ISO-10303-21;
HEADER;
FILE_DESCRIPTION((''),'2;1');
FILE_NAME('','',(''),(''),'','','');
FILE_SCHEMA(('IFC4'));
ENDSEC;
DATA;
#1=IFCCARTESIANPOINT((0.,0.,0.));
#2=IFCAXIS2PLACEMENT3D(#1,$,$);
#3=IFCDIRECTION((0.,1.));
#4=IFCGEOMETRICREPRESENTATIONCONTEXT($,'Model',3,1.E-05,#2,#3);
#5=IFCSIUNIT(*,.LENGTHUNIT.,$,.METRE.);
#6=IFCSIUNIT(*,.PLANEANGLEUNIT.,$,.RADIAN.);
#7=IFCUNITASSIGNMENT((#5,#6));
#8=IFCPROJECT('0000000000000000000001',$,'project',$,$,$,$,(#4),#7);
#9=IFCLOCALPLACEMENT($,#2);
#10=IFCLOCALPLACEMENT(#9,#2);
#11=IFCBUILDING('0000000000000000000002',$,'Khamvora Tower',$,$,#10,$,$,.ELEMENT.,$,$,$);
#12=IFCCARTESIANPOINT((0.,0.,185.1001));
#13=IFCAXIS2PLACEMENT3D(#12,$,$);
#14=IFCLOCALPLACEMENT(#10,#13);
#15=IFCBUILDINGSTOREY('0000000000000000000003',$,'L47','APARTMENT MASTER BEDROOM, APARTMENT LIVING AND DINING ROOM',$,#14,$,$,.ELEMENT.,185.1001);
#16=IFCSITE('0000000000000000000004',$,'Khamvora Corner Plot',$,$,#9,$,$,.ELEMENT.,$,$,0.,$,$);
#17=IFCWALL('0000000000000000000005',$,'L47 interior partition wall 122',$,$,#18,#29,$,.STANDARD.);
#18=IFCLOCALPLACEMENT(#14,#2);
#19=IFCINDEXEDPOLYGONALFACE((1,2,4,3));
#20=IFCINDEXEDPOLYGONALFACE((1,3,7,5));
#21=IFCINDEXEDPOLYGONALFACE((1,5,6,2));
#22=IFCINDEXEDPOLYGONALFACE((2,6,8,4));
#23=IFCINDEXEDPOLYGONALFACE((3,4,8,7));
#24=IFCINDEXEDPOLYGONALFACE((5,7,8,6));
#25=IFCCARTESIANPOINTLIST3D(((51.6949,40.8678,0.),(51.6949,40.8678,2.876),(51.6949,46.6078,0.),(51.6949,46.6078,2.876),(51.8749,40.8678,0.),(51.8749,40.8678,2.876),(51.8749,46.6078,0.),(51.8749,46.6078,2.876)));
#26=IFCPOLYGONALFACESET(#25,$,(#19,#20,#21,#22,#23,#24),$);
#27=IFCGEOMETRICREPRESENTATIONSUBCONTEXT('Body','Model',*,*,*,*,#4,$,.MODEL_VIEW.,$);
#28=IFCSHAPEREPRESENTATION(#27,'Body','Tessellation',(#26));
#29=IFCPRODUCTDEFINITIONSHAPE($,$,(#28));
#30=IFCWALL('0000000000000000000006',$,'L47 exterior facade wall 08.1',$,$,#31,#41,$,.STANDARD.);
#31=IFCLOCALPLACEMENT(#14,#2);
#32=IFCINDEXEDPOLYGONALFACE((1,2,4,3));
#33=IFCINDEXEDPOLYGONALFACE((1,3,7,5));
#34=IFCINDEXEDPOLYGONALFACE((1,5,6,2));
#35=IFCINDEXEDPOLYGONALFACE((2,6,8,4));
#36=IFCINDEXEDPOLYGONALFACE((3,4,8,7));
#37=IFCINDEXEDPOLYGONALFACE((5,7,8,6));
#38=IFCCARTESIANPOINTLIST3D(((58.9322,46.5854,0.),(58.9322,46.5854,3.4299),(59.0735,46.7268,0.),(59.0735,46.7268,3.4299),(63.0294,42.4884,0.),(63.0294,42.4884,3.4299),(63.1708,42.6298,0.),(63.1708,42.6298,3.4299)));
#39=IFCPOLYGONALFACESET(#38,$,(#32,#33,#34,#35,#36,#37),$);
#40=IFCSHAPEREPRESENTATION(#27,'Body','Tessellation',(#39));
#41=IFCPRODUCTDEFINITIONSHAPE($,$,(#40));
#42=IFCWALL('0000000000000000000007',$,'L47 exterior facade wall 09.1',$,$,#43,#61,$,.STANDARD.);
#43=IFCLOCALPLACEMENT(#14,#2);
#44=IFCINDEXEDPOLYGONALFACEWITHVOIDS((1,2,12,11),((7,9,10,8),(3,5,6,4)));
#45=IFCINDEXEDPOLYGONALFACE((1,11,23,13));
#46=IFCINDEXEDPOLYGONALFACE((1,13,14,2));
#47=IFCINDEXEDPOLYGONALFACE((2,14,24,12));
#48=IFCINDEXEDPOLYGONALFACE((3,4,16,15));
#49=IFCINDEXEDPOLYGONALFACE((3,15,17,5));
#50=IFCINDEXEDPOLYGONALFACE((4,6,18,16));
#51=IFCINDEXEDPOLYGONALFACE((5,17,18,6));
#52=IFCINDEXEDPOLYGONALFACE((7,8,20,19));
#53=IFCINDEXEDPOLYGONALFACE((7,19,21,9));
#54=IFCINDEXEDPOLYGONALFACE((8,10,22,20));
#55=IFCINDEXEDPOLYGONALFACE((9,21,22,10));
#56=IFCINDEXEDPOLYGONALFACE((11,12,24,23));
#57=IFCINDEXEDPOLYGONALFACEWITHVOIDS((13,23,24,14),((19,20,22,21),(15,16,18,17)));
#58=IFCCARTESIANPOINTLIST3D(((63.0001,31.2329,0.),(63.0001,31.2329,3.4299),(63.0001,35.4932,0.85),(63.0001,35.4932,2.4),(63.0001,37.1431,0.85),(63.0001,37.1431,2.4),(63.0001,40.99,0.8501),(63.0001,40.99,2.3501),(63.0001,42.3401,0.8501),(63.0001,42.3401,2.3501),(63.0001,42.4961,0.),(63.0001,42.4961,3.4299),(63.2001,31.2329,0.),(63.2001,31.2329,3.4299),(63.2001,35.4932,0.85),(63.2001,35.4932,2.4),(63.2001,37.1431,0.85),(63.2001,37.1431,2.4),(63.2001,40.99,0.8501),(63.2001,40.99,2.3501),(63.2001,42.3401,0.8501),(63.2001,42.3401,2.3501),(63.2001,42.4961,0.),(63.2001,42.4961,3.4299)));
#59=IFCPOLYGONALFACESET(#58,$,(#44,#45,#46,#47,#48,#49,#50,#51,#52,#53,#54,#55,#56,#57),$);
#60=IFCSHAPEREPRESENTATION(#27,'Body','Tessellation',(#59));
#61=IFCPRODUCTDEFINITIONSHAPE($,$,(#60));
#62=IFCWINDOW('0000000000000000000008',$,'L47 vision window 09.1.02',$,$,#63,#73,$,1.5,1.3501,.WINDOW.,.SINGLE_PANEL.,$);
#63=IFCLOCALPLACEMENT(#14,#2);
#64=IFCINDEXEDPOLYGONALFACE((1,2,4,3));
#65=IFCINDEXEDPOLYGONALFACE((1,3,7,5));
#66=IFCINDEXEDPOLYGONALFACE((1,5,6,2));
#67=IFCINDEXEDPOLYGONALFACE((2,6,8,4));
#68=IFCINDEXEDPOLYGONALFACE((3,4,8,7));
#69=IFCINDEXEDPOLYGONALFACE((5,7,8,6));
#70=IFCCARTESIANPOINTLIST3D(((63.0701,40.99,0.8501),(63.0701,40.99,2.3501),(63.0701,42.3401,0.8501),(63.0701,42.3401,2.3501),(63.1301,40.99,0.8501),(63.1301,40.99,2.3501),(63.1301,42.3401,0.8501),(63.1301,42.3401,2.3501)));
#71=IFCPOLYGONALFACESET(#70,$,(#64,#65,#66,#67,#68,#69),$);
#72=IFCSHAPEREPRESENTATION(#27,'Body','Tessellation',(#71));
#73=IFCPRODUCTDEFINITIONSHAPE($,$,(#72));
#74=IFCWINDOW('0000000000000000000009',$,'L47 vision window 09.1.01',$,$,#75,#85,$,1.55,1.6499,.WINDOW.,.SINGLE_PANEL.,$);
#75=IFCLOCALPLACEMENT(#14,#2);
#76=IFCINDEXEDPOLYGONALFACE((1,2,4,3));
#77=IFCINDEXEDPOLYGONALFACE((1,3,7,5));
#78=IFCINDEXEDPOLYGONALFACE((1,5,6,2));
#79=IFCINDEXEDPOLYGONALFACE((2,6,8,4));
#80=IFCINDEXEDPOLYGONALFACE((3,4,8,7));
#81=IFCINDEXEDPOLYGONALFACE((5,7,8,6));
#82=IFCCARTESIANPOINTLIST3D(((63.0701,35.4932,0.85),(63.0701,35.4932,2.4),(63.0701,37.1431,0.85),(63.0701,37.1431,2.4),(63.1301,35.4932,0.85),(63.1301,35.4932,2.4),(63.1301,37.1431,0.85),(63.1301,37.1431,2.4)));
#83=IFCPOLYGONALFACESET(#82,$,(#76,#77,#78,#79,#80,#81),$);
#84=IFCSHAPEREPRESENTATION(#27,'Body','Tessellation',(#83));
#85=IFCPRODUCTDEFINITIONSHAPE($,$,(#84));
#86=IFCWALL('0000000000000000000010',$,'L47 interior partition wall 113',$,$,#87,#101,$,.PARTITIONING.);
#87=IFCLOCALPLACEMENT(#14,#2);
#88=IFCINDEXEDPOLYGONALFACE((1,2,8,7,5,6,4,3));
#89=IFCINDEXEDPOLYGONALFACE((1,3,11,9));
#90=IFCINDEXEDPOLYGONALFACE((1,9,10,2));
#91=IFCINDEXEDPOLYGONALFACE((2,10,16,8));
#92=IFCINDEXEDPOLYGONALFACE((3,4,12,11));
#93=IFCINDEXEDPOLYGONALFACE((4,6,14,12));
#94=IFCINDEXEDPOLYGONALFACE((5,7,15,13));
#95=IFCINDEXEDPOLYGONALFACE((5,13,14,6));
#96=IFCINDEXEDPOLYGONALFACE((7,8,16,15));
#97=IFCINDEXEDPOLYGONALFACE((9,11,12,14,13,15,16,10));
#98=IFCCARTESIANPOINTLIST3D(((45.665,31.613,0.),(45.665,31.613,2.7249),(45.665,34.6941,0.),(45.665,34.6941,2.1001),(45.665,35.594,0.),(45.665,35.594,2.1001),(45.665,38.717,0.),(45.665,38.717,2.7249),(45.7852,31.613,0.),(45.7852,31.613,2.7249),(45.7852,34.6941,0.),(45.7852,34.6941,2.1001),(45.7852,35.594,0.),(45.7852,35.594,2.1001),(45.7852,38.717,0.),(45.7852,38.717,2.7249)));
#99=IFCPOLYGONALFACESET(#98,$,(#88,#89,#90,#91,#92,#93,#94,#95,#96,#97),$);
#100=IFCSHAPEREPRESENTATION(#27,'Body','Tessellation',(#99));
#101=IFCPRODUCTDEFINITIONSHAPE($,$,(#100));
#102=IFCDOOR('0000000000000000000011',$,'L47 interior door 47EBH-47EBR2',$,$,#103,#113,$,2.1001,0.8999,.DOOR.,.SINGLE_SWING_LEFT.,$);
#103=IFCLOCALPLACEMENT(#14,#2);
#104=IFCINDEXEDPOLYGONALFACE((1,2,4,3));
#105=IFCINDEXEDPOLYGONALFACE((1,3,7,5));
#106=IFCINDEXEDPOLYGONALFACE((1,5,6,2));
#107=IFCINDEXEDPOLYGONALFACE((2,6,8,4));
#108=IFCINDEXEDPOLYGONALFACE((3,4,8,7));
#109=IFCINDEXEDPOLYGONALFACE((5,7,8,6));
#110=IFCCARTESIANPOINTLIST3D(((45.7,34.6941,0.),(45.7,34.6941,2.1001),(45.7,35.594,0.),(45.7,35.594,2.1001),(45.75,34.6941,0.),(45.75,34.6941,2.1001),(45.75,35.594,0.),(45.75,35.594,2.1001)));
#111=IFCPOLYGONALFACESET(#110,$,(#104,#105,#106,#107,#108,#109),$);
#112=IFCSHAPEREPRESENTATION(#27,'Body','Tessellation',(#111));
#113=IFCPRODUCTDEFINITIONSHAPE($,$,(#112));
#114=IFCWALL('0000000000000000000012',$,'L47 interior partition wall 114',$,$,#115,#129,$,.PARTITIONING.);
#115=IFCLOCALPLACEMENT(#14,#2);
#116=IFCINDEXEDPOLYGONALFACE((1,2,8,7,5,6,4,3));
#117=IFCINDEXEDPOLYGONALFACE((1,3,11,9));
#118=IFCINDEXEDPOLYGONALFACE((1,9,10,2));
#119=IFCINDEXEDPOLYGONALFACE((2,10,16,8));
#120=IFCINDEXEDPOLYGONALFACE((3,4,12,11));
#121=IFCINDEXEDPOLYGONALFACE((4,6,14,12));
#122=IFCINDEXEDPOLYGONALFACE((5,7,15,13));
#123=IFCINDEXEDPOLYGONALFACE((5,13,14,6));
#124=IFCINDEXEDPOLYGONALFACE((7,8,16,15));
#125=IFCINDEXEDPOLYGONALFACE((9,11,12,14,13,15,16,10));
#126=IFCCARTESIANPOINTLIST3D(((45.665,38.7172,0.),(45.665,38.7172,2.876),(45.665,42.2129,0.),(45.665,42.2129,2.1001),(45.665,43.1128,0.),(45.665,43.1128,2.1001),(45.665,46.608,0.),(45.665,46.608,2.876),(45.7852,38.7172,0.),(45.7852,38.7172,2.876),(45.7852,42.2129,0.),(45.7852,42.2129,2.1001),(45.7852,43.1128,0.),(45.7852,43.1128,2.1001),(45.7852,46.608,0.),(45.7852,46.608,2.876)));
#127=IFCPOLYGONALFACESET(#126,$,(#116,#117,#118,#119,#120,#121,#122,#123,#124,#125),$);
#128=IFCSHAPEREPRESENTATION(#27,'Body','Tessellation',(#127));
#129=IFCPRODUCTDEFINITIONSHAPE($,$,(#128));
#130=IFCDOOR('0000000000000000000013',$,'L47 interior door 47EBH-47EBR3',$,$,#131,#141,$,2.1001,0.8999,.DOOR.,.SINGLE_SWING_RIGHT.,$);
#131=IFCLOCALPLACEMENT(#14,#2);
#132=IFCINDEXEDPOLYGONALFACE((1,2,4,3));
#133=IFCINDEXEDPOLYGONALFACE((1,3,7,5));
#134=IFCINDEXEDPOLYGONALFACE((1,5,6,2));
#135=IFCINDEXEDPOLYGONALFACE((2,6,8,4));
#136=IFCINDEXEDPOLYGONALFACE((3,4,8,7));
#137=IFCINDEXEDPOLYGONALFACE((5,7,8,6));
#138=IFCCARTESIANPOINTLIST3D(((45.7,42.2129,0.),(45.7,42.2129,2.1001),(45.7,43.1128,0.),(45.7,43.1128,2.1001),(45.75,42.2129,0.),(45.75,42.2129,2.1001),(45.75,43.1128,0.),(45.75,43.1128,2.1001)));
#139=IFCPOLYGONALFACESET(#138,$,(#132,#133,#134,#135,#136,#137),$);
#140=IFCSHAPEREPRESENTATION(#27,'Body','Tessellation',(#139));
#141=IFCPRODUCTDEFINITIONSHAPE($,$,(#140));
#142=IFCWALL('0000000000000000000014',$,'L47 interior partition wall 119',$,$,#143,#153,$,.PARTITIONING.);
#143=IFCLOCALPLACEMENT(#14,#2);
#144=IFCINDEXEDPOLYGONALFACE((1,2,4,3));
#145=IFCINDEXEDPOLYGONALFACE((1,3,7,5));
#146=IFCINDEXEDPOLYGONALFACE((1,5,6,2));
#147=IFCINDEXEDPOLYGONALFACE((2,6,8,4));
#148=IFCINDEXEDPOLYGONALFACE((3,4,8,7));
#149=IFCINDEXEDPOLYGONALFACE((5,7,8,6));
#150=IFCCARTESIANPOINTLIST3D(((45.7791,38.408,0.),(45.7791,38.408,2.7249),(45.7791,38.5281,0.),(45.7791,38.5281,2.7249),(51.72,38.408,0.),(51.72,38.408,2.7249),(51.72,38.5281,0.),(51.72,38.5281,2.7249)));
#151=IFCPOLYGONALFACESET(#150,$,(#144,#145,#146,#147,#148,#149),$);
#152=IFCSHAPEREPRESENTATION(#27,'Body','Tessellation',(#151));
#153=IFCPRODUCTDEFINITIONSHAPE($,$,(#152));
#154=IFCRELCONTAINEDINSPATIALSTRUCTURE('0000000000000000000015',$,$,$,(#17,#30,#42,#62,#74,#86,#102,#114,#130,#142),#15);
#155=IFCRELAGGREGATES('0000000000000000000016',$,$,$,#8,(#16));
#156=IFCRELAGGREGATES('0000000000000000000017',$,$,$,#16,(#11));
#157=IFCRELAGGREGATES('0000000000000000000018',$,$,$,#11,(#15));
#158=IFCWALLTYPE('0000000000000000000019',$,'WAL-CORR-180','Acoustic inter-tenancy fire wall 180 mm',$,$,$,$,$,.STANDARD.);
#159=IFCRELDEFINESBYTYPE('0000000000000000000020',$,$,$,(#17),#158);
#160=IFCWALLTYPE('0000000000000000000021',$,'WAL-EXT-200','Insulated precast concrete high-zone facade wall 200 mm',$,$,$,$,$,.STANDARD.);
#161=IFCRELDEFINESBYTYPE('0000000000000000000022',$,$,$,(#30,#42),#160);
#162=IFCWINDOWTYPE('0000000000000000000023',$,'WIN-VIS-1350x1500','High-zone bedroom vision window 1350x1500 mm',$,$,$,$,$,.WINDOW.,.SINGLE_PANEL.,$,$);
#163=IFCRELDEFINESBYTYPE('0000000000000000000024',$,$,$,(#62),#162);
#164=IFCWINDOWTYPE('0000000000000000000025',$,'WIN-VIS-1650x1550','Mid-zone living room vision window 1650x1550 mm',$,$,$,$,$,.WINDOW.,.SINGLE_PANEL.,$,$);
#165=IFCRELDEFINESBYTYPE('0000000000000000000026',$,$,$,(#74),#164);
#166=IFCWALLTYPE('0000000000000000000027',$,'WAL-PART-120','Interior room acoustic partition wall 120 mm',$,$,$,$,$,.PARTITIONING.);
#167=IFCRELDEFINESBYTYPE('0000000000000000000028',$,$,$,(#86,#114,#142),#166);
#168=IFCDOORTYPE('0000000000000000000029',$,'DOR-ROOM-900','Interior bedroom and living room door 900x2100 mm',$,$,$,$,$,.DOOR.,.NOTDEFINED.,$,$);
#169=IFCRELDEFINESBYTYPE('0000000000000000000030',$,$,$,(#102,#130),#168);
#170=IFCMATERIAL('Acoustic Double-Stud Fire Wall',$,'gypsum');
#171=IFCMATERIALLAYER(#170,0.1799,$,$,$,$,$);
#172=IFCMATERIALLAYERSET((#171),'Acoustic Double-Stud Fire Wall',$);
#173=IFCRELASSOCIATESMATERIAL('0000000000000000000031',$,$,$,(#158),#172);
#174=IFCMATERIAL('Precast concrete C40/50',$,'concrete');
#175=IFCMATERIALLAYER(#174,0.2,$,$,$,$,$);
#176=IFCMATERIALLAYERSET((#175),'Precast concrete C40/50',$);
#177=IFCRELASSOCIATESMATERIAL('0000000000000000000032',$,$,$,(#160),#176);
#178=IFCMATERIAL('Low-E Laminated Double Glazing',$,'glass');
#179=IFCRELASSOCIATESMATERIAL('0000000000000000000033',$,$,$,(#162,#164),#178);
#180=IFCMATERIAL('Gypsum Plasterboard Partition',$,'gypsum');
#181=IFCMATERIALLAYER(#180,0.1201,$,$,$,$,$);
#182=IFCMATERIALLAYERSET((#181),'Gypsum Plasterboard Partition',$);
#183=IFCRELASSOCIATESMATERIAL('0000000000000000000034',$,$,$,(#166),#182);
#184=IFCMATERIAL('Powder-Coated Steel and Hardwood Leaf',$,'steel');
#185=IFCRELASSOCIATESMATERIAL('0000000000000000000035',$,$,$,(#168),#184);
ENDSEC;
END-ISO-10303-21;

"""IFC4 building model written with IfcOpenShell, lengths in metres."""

from ifc_helpers import new_model, si_unit, direction, frame, frame_2d, origin, place, context, subcontext, project, spatial, rectangle, extrude, material, layer, layer_set, type_object, element, fill, save


model = new_model("IFC4")

# Units and contexts
model_context = context("Model", 3, precision=1e-05, world=origin(), true_north=direction((0.0, 1.0)))
body_context = subcontext(model_context, "Body", "Model", "MODEL_VIEW")
ifc_project = project(units=[si_unit("LENGTHUNIT", "METRE"), si_unit("PLANEANGLEUNIT", "RADIAN")], contexts=[model_context])

# Site, building, storey
site_placement = place(None, origin())
site = spatial("IfcSite", under=ifc_project, at=site_placement, Name="Khamvora Corner Plot", CompositionType="ELEMENT", RefElevation=0.0)
building_placement = place(site_placement, origin())
building = spatial("IfcBuilding", under=site, at=building_placement, Name="Khamvora Tower", CompositionType="ELEMENT")
storey_placement = place(building_placement, frame((0.0, 0.0, 185.1001)))
storey = spatial("IfcBuildingStorey", under=building, at=storey_placement, Name="L47", Description="APARTMENT MASTER BEDROOM, APARTMENT LIVING AND DINING ROOM", CompositionType="ELEMENT", Elevation=185.1001)

# Walls
ifc_material_1 = material(Name="Acoustic Double-Stud Fire Wall", Category="gypsum")
ifc_layer_1 = layer(ifc_material_1, 0.1799)
ifc_layer_set_1 = layer_set([ifc_layer_1], Name="Acoustic Double-Stud Fire Wall")
wall_type_1 = type_object("IfcWallType", Name="WAL-CORR-180", Description="Acoustic inter-tenancy fire wall 180 mm", PredefinedType="STANDARD", material=ifc_layer_set_1)
wall_1_placement = place(storey_placement, frame((51.7849, 46.6079, 0.0), z_axis=(0.0, 0.0, 1.0), x_axis=(0.0, -1.0, 0.0)))
element("IfcWall", 1, at=wall_1_placement, inside=storey, type_object=wall_type_1, Name="L47 interior partition wall 122", PredefinedType="STANDARD", context=body_context, shape_type="SweptSolid", body=[
    extrude(rectangle(XDim=5.74, YDim=0.1799, at=frame_2d((2.8701, 0.0))), origin(), (0.0, 0.0, 1.0), 2.876),
])
ifc_material_2 = material(Name="Precast concrete C40/50", Category="concrete")
ifc_layer_2 = layer(ifc_material_2, 0.2)
ifc_layer_set_2 = layer_set([ifc_layer_2], Name="Precast concrete C40/50")
wall_type_2 = type_object("IfcWallType", Name="WAL-EXT-200", Description="Insulated precast concrete high-zone facade wall 200 mm", PredefinedType="STANDARD", material=ifc_layer_set_2)
wall_2_placement = place(storey_placement, frame((59.0029, 46.656, 0.0), z_axis=(0.0, 0.0, 1.0), x_axis=(0.707128, -0.707086, 0.0)))
element("IfcWall", 2, at=wall_2_placement, inside=storey, type_object=wall_type_2, Name="L47 exterior facade wall 08.1", PredefinedType="STANDARD", context=body_context, shape_type="SweptSolid", body=[
    extrude(rectangle(XDim=5.7942, YDim=0.2, at=frame_2d((2.897, 0.0))), origin(), (0.0, 0.0, 1.0), 3.4299),
])

# Wall, openings, windows
wall_3_placement = place(storey_placement, frame((63.1001, 42.4961, 0.0), z_axis=(0.0, 0.0, 1.0), x_axis=(0.0, -1.0, 0.0)))
wall_3 = element("IfcWall", 3, at=wall_3_placement, inside=storey, type_object=wall_type_2, Name="L47 exterior facade wall 09.1", PredefinedType="STANDARD", context=body_context, shape_type="SweptSolid", body=[
    extrude(rectangle(XDim=11.2632, YDim=0.2, at=frame_2d((5.6316, 0.0))), origin(), (0.0, 0.0, 1.0), 3.4299),
])
opening_1_placement = place(wall_3_placement, frame((5.353, 0.0, 0.8501)))
opening_1 = element("IfcOpeningElement", 4, at=opening_1_placement, cuts=wall_3, PredefinedType="OPENING", context=body_context, shape_type="SweptSolid", body=[
    extrude(rectangle(XDim=1.6499, YDim=1.55, at=frame_2d((0.825, 0.7749))), frame((0.0, 0.1099, 0.0), z_axis=(0.0, -1.0, 0.0), x_axis=(1.0, 0.0, 0.0)), (0.0, 0.0, 1.0), 0.22),
])
opening_2_placement = place(wall_3_placement, frame((0.156, 0.0, 0.8501)))
opening_2 = element("IfcOpeningElement", 5, at=opening_2_placement, cuts=wall_3, PredefinedType="OPENING", context=body_context, shape_type="SweptSolid", body=[
    extrude(rectangle(XDim=1.3501, YDim=1.5, at=frame_2d((0.675, 0.75))), frame((0.0, 0.1099, 0.0), z_axis=(0.0, -1.0, 0.0), x_axis=(1.0, 0.0, 0.0)), (0.0, 0.0, 1.0), 0.22),
])
ifc_material_3 = material(Name="Low-E Laminated Double Glazing", Category="glass")
window_type_1 = type_object("IfcWindowType", Name="WIN-VIS-1350x1500", Description="High-zone bedroom vision window 1350x1500 mm", PartitioningType="SINGLE_PANEL", PredefinedType="WINDOW", material=ifc_material_3)
window_1_placement = place(opening_2_placement, origin())
window_1 = element("IfcWindow", 6, at=window_1_placement, inside=storey, type_object=window_type_1, Name="L47 vision window 09.1.02", OverallHeight=1.5, OverallWidth=1.3501, PartitioningType="SINGLE_PANEL", PredefinedType="WINDOW", context=body_context, shape_type="SweptSolid", body=[
    extrude(rectangle(XDim=1.3501, YDim=1.5, at=frame_2d((0.675, 0.75))), frame((0.0, 0.03, 0.0), z_axis=(0.0, -1.0, 0.0), x_axis=(1.0, 0.0, 0.0)), (0.0, 0.0, 1.0), 0.0601),
])
fill(opening_2, window_1)
window_type_2 = type_object("IfcWindowType", Name="WIN-VIS-1650x1550", Description="Mid-zone living room vision window 1650x1550 mm", PartitioningType="SINGLE_PANEL", PredefinedType="WINDOW", material=ifc_material_3)
window_2_placement = place(opening_1_placement, origin())
window_2 = element("IfcWindow", 7, at=window_2_placement, inside=storey, type_object=window_type_2, Name="L47 vision window 09.1.01", OverallHeight=1.55, OverallWidth=1.6499, PartitioningType="SINGLE_PANEL", PredefinedType="WINDOW", context=body_context, shape_type="SweptSolid", body=[
    extrude(rectangle(XDim=1.6499, YDim=1.55, at=frame_2d((0.825, 0.7749))), frame((0.0, 0.03, 0.0), z_axis=(0.0, -1.0, 0.0), x_axis=(1.0, 0.0, 0.0)), (0.0, 0.0, 1.0), 0.0601),
])
fill(opening_1, window_2)

# Walls, openings, doors
ifc_material_4 = material(Name="Gypsum Plasterboard Partition", Category="gypsum")
ifc_layer_3 = layer(ifc_material_4, 0.1201)
ifc_layer_set_3 = layer_set([ifc_layer_3], Name="Gypsum Plasterboard Partition")
wall_type_3 = type_object("IfcWallType", Name="WAL-PART-120", Description="Interior room acoustic partition wall 120 mm", PredefinedType="PARTITIONING", material=ifc_layer_set_3)
wall_4_placement = place(storey_placement, frame((45.7251, 38.717, 0.0), z_axis=(0.0, 0.0, 1.0), x_axis=(0.0, -1.0, 0.0)))
wall_4 = element("IfcWall", 8, at=wall_4_placement, inside=storey, type_object=wall_type_3, Name="L47 interior partition wall 113", PredefinedType="PARTITIONING", context=body_context, shape_type="SweptSolid", body=[
    extrude(rectangle(XDim=7.104, YDim=0.1201, at=frame_2d((3.552, 0.0))), origin(), (0.0, 0.0, 1.0), 2.7249),
])
opening_3_placement = place(wall_4_placement, frame((3.123, 0.0, 0.0)))
opening_3 = element("IfcOpeningElement", 9, at=opening_3_placement, cuts=wall_4, PredefinedType="OPENING", context=body_context, shape_type="SweptSolid", body=[
    extrude(rectangle(XDim=0.8999, YDim=2.1001, at=frame_2d((0.45, 1.05))), frame((0.0, 0.0701, 0.0), z_axis=(0.0, -1.0, 0.0), x_axis=(1.0, 0.0, 0.0)), (0.0, 0.0, 1.0), 0.1401),
])
ifc_material_5 = material(Name="Powder-Coated Steel and Hardwood Leaf", Category="steel")
door_type = type_object("IfcDoorType", Name="DOR-ROOM-900", Description="Interior bedroom and living room door 900x2100 mm", OperationType="NOTDEFINED", PredefinedType="DOOR", material=ifc_material_5)
door_1_placement = place(opening_3_placement, origin())
door_1 = element("IfcDoor", 10, at=door_1_placement, inside=storey, type_object=door_type, Name="L47 interior door 47EBH-47EBR2", OperationType="SINGLE_SWING_LEFT", OverallHeight=2.1001, OverallWidth=0.8999, PredefinedType="DOOR", context=body_context, shape_type="SweptSolid", body=[
    extrude(rectangle(XDim=0.8999, YDim=2.1001, at=frame_2d((0.45, 1.05))), frame((0.0, 0.0249, 0.0), z_axis=(0.0, -1.0, 0.0), x_axis=(1.0, 0.0, 0.0)), (0.0, 0.0, 1.0), 0.05),
])
fill(opening_3, door_1)
wall_5_placement = place(storey_placement, frame((45.7251, 46.6079, 0.0), z_axis=(0.0, 0.0, 1.0), x_axis=(0.0, -1.0, 0.0)))
wall_5 = element("IfcWall", 11, at=wall_5_placement, inside=storey, type_object=wall_type_3, Name="L47 interior partition wall 114", PredefinedType="PARTITIONING", context=body_context, shape_type="SweptSolid", body=[
    extrude(rectangle(XDim=7.8909, YDim=0.1201, at=frame_2d((3.9453, 0.0))), origin(), (0.0, 0.0, 1.0), 2.876),
])
opening_4_placement = place(wall_5_placement, frame((3.4951, 0.0, 0.0)))
opening_4 = element("IfcOpeningElement", 12, at=opening_4_placement, cuts=wall_5, PredefinedType="OPENING", context=body_context, shape_type="SweptSolid", body=[
    extrude(rectangle(XDim=0.8999, YDim=2.1001, at=frame_2d((0.45, 1.05))), frame((0.0, 0.0701, 0.0), z_axis=(0.0, -1.0, 0.0), x_axis=(1.0, 0.0, 0.0)), (0.0, 0.0, 1.0), 0.1401),
])
door_2_placement = place(opening_4_placement, origin())
door_2 = element("IfcDoor", 13, at=door_2_placement, inside=storey, type_object=door_type, Name="L47 interior door 47EBH-47EBR3", OperationType="SINGLE_SWING_RIGHT", OverallHeight=2.1001, OverallWidth=0.8999, PredefinedType="DOOR", context=body_context, shape_type="SweptSolid", body=[
    extrude(rectangle(XDim=0.8999, YDim=2.1001, at=frame_2d((0.45, 1.05))), frame((0.0, 0.0249, 0.0), z_axis=(0.0, -1.0, 0.0), x_axis=(1.0, 0.0, 0.0)), (0.0, 0.0, 1.0), 0.05),
])
fill(opening_4, door_2)

# Wall
wall_6_placement = place(storey_placement, frame((45.7791, 38.468, 0.0), z_axis=(0.0, 0.0, 1.0), x_axis=(1.0, 0.0, 0.0)))
element("IfcWall", 14, at=wall_6_placement, inside=storey, type_object=wall_type_3, Name="L47 interior partition wall 119", PredefinedType="PARTITIONING", context=body_context, shape_type="SweptSolid", body=[
    extrude(rectangle(XDim=5.9409, YDim=0.1201, at=frame_2d((2.9705, 0.0))), origin(), (0.0, 0.0, 1.0), 2.7249),
])

save(model, "model.ifc")
